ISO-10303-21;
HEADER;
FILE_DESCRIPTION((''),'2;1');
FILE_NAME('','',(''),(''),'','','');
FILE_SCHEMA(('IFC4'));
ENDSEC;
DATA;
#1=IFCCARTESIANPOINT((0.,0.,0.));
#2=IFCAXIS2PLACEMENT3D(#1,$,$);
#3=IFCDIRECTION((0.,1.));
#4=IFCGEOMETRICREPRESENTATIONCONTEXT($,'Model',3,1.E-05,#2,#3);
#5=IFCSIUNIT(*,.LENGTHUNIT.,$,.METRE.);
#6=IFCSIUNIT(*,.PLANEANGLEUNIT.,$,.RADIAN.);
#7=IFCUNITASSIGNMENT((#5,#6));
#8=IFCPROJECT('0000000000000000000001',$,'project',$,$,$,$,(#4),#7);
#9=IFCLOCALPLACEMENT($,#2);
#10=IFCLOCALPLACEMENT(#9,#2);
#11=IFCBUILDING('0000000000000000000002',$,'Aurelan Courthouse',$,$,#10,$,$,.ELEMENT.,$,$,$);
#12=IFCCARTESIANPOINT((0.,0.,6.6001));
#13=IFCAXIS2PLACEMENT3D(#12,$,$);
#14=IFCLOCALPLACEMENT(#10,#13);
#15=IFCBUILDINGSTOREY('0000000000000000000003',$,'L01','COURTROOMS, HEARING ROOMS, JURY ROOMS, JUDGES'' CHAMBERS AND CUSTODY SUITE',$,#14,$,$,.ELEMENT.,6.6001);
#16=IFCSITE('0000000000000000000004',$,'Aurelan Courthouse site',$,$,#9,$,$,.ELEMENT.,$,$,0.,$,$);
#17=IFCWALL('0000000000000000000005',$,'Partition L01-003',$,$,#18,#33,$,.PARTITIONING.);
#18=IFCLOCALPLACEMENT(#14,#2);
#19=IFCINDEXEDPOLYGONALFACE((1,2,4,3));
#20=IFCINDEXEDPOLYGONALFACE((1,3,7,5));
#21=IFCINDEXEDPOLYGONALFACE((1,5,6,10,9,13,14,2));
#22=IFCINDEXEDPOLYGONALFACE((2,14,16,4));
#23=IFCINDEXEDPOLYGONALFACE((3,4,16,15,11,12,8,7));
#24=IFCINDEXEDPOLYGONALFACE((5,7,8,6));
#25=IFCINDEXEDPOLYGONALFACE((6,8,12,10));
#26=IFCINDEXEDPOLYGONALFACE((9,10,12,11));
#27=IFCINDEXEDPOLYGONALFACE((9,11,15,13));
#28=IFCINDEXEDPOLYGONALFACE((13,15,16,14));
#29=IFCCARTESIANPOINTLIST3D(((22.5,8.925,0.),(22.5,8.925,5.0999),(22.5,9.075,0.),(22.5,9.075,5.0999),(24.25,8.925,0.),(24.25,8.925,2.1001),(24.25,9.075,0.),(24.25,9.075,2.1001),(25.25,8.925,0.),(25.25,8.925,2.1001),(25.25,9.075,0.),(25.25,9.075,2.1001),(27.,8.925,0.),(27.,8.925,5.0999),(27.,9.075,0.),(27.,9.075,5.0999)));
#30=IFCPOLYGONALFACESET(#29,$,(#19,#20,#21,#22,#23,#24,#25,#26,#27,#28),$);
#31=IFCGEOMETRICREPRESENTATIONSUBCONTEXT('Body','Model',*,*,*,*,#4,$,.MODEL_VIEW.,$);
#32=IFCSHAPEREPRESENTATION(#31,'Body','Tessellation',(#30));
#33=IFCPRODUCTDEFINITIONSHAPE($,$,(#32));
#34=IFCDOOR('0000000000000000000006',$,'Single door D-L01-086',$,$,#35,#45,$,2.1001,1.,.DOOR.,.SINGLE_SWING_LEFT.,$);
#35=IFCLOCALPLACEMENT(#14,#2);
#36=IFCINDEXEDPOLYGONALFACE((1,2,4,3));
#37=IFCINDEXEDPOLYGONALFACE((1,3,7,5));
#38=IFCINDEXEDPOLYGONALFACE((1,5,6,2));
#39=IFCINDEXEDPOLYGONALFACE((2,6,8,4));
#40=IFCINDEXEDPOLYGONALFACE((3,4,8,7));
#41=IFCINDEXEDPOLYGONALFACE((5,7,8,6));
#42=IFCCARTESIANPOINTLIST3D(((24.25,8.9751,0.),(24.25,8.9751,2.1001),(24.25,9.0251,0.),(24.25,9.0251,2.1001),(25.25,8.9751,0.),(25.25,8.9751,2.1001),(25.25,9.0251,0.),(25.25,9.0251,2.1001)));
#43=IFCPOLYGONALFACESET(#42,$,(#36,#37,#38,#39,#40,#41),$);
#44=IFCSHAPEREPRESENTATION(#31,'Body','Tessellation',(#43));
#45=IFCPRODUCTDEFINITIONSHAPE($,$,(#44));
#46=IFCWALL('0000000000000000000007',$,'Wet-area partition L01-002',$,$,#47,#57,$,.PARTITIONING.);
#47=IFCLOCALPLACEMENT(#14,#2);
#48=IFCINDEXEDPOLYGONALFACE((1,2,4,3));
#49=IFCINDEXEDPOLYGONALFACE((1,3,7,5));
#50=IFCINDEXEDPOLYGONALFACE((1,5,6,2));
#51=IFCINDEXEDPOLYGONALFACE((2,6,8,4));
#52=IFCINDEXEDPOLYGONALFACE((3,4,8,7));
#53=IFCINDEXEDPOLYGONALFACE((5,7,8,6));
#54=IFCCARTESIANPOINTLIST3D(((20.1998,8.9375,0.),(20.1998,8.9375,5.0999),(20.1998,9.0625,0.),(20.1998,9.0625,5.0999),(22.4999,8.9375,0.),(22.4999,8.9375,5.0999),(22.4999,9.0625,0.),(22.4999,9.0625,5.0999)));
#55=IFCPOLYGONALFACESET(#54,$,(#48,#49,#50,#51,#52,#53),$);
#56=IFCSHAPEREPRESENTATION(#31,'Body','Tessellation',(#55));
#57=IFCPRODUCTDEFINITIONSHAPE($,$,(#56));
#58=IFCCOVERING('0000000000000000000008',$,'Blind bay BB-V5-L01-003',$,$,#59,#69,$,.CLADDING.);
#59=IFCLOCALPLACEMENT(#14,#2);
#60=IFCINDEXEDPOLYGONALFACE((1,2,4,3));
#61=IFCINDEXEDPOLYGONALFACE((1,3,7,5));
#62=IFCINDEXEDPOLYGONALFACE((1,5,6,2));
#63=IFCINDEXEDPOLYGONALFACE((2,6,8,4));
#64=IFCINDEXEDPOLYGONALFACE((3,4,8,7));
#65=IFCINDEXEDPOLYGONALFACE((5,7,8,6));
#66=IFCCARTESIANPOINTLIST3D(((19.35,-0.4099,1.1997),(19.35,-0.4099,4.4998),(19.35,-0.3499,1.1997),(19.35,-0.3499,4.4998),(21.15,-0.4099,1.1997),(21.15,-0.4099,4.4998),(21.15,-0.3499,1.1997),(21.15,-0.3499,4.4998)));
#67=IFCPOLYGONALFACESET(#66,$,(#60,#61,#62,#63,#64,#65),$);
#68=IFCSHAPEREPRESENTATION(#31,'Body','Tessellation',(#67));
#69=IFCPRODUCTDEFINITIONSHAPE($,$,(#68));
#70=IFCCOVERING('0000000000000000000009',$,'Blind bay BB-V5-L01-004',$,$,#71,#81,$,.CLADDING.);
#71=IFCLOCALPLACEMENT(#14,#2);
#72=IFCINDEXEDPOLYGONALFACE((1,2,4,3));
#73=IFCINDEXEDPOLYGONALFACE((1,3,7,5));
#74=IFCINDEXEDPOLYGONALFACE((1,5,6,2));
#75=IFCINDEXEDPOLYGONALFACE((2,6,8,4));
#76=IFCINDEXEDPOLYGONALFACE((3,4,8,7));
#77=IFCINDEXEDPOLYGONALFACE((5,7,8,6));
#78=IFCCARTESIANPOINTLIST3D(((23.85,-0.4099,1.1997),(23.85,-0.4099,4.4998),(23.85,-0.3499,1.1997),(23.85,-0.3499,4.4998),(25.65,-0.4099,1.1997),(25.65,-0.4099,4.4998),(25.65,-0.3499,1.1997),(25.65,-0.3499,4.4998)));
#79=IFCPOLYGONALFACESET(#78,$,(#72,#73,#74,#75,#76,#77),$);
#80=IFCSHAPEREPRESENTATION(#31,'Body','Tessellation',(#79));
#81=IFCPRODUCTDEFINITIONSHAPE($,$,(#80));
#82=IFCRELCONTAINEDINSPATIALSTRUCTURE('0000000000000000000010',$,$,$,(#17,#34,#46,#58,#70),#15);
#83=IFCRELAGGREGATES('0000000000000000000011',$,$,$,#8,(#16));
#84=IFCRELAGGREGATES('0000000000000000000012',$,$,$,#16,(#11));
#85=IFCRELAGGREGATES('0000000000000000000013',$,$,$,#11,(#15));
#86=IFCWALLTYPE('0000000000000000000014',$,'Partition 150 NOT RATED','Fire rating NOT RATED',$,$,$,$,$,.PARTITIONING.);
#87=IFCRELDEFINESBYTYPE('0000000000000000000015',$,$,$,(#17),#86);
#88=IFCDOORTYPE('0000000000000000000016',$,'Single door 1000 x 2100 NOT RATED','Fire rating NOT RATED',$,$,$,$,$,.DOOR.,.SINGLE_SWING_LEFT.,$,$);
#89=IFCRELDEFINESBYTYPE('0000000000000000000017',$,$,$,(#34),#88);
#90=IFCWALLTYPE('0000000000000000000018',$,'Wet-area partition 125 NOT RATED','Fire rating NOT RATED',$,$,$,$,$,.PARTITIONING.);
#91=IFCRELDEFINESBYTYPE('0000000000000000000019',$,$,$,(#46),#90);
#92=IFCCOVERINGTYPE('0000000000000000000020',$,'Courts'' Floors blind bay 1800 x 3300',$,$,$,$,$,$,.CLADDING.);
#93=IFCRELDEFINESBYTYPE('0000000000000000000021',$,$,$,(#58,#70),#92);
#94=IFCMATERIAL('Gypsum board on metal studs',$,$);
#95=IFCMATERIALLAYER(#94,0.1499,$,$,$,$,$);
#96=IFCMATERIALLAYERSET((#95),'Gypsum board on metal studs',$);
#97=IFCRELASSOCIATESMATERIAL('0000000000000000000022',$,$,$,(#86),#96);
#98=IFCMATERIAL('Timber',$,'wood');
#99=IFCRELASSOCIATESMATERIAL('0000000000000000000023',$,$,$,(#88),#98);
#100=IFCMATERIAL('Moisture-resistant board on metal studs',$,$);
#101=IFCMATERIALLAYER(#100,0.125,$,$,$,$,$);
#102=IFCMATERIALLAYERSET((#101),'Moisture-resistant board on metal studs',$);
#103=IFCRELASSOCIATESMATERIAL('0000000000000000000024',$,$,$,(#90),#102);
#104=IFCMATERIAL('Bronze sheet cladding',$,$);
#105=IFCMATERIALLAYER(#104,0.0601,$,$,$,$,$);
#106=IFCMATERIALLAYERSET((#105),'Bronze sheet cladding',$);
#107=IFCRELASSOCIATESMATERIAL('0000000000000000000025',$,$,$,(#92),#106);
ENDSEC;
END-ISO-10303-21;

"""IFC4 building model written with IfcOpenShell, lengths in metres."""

from ifc_helpers import new_model, si_unit, direction, frame, frame_2d, origin, origin_2d, place, context, subcontext, project, spatial, rectangle, extrude, material, layer, layer_set, type_object, element, fill, save


model = new_model("IFC4")

# Units and contexts
model_context = context("Model", 3, precision=1e-05, world=origin(), true_north=direction((0.0, 1.0)))
body_context = subcontext(model_context, "Body", "Model", "MODEL_VIEW")
ifc_project = project(units=[si_unit("LENGTHUNIT", "METRE"), si_unit("PLANEANGLEUNIT", "RADIAN")], contexts=[model_context])

# Site, building, storey
site_placement = place(None, origin())
site = spatial("IfcSite", under=ifc_project, at=site_placement, Name="Aurelan Courthouse site", CompositionType="ELEMENT", RefElevation=0.0)
building_placement = place(site_placement, origin())
building = spatial("IfcBuilding", under=site, at=building_placement, Name="Aurelan Courthouse", CompositionType="ELEMENT")
storey_placement = place(building_placement, frame((0.0, 0.0, 6.6001)))
storey = spatial("IfcBuildingStorey", under=building, at=storey_placement, Name="L01", Description="COURTROOMS, HEARING ROOMS, JURY ROOMS, JUDGES' CHAMBERS AND CUSTODY SUITE", CompositionType="ELEMENT", Elevation=6.6001)

# Wall, opening, door
ifc_material_1 = material(Name="Gypsum board on metal studs")
ifc_layer_1 = layer(ifc_material_1, 0.1499)
ifc_layer_set_1 = layer_set([ifc_layer_1], Name="Gypsum board on metal studs")
wall_type_1 = type_object("IfcWallType", Name="Partition 150 NOT RATED", Description="Fire rating NOT RATED", PredefinedType="PARTITIONING", material=ifc_layer_set_1)
wall_1_placement = place(storey_placement, frame((22.5, 9.0, 0.0), z_axis=(0.0, 0.0, 1.0), x_axis=(1.0, 0.0, 0.0)))
wall_1 = element("IfcWall", 1, at=wall_1_placement, inside=storey, type_object=wall_type_1, Name="Partition L01-003", PredefinedType="PARTITIONING", context=body_context, shape_type="SweptSolid", body=[
    extrude(rectangle(XDim=4.5, YDim=0.1499, at=frame_2d((2.25, 0.0))), origin(), (0.0, 0.0, 1.0), 5.0999),
])
opening_1_placement = place(wall_1_placement, frame((2.75, 0.0, 0.0), z_axis=(0.0, 0.0, 1.0), x_axis=(-1.0, 0.0, 0.0)))
opening_1 = element("IfcOpeningElement", 2, at=opening_1_placement, cuts=wall_1, PredefinedType="OPENING", context=body_context, shape_type="SweptSolid", body=[
    extrude(rectangle(XDim=1.0, YDim=2.1001, at=frame_2d((0.5, 1.05))), frame((0.0, 0.085, 0.0), z_axis=(0.0, -1.0, 0.0), x_axis=(1.0, 0.0, 0.0)), (0.0, 0.0, 1.0), 0.1699),
])
ifc_material_2 = material(Name="Timber", Category="wood")
door_type_1 = type_object("IfcDoorType", Name="Single door 1000 x 2100 NOT RATED", Description="Fire rating NOT RATED", OperationType="SINGLE_SWING_LEFT", PredefinedType="DOOR", material=ifc_material_2)
door_1_placement = place(opening_1_placement, origin())
door_1 = element("IfcDoor", 3, at=door_1_placement, inside=storey, type_object=door_type_1, Name="Single door D-L01-086", OperationType="SINGLE_SWING_LEFT", OverallHeight=2.1001, OverallWidth=1.0, PredefinedType="DOOR", context=body_context, shape_type="SweptSolid", body=[
    extrude(rectangle(XDim=1.0, YDim=2.1001, at=frame_2d((0.5, 1.05))), frame((0.0, 0.0249, 0.0), z_axis=(0.0, -1.0, 0.0), x_axis=(1.0, 0.0, 0.0)), (0.0, 0.0, 1.0), 0.05),
])
fill(opening_1, door_1)

# Wall
ifc_material_3 = material(Name="Moisture-resistant board on metal studs")
ifc_layer_2 = layer(ifc_material_3, 0.125)
ifc_layer_set_2 = layer_set([ifc_layer_2], Name="Moisture-resistant board on metal studs")
wall_type_2 = type_object("IfcWallType", Name="Wet-area partition 125 NOT RATED", Description="Fire rating NOT RATED", PredefinedType="PARTITIONING", material=ifc_layer_set_2)
wall_2_placement = place(storey_placement, frame((20.2, 9.0, 0.0), z_axis=(0.0, 0.0, 1.0), x_axis=(1.0, 0.0, 0.0)))
element("IfcWall", 4, at=wall_2_placement, inside=storey, type_object=wall_type_2, Name="Wet-area partition L01-002", PredefinedType="PARTITIONING", context=body_context, shape_type="SweptSolid", body=[
    extrude(rectangle(XDim=2.3, YDim=0.125, at=frame_2d((1.1499, 0.0))), origin(), (0.0, 0.0, 1.0), 5.0999),
])

# Coverings
ifc_material_4 = material(Name="Bronze sheet cladding")
ifc_layer_3 = layer(ifc_material_4, 0.0601)
ifc_layer_set_3 = layer_set([ifc_layer_3], Name="Bronze sheet cladding")
covering_type = type_object("IfcCoveringType", Name="Courts' Floors blind bay 1800 x 3300", PredefinedType="CLADDING", material=ifc_layer_set_3)
for number, where, z_axis, x_axis, name in (
    (5, (20.25, -0.3799, 1.1997), (0.0, 0.0, 1.0), (1.0, 0.0, 0.0), "Blind bay BB-V5-L01-003"),
    (6, (24.75, -0.3799, 1.1997), (0.0, 0.0, 1.0), (1.0, 0.0, 0.0), "Blind bay BB-V5-L01-004"),
):
    element("IfcCovering", number, at=place(storey_placement, frame(where, z_axis=z_axis, x_axis=x_axis)), inside=storey, type_object=covering_type, Name=name, PredefinedType="CLADDING", context=body_context, shape_type="SweptSolid", body=[
        extrude(rectangle(XDim=1.8, YDim=0.0601, at=origin_2d()), origin(), (0.0, 0.0, 1.0), 3.3),
    ])

save(model, "model.ifc")
